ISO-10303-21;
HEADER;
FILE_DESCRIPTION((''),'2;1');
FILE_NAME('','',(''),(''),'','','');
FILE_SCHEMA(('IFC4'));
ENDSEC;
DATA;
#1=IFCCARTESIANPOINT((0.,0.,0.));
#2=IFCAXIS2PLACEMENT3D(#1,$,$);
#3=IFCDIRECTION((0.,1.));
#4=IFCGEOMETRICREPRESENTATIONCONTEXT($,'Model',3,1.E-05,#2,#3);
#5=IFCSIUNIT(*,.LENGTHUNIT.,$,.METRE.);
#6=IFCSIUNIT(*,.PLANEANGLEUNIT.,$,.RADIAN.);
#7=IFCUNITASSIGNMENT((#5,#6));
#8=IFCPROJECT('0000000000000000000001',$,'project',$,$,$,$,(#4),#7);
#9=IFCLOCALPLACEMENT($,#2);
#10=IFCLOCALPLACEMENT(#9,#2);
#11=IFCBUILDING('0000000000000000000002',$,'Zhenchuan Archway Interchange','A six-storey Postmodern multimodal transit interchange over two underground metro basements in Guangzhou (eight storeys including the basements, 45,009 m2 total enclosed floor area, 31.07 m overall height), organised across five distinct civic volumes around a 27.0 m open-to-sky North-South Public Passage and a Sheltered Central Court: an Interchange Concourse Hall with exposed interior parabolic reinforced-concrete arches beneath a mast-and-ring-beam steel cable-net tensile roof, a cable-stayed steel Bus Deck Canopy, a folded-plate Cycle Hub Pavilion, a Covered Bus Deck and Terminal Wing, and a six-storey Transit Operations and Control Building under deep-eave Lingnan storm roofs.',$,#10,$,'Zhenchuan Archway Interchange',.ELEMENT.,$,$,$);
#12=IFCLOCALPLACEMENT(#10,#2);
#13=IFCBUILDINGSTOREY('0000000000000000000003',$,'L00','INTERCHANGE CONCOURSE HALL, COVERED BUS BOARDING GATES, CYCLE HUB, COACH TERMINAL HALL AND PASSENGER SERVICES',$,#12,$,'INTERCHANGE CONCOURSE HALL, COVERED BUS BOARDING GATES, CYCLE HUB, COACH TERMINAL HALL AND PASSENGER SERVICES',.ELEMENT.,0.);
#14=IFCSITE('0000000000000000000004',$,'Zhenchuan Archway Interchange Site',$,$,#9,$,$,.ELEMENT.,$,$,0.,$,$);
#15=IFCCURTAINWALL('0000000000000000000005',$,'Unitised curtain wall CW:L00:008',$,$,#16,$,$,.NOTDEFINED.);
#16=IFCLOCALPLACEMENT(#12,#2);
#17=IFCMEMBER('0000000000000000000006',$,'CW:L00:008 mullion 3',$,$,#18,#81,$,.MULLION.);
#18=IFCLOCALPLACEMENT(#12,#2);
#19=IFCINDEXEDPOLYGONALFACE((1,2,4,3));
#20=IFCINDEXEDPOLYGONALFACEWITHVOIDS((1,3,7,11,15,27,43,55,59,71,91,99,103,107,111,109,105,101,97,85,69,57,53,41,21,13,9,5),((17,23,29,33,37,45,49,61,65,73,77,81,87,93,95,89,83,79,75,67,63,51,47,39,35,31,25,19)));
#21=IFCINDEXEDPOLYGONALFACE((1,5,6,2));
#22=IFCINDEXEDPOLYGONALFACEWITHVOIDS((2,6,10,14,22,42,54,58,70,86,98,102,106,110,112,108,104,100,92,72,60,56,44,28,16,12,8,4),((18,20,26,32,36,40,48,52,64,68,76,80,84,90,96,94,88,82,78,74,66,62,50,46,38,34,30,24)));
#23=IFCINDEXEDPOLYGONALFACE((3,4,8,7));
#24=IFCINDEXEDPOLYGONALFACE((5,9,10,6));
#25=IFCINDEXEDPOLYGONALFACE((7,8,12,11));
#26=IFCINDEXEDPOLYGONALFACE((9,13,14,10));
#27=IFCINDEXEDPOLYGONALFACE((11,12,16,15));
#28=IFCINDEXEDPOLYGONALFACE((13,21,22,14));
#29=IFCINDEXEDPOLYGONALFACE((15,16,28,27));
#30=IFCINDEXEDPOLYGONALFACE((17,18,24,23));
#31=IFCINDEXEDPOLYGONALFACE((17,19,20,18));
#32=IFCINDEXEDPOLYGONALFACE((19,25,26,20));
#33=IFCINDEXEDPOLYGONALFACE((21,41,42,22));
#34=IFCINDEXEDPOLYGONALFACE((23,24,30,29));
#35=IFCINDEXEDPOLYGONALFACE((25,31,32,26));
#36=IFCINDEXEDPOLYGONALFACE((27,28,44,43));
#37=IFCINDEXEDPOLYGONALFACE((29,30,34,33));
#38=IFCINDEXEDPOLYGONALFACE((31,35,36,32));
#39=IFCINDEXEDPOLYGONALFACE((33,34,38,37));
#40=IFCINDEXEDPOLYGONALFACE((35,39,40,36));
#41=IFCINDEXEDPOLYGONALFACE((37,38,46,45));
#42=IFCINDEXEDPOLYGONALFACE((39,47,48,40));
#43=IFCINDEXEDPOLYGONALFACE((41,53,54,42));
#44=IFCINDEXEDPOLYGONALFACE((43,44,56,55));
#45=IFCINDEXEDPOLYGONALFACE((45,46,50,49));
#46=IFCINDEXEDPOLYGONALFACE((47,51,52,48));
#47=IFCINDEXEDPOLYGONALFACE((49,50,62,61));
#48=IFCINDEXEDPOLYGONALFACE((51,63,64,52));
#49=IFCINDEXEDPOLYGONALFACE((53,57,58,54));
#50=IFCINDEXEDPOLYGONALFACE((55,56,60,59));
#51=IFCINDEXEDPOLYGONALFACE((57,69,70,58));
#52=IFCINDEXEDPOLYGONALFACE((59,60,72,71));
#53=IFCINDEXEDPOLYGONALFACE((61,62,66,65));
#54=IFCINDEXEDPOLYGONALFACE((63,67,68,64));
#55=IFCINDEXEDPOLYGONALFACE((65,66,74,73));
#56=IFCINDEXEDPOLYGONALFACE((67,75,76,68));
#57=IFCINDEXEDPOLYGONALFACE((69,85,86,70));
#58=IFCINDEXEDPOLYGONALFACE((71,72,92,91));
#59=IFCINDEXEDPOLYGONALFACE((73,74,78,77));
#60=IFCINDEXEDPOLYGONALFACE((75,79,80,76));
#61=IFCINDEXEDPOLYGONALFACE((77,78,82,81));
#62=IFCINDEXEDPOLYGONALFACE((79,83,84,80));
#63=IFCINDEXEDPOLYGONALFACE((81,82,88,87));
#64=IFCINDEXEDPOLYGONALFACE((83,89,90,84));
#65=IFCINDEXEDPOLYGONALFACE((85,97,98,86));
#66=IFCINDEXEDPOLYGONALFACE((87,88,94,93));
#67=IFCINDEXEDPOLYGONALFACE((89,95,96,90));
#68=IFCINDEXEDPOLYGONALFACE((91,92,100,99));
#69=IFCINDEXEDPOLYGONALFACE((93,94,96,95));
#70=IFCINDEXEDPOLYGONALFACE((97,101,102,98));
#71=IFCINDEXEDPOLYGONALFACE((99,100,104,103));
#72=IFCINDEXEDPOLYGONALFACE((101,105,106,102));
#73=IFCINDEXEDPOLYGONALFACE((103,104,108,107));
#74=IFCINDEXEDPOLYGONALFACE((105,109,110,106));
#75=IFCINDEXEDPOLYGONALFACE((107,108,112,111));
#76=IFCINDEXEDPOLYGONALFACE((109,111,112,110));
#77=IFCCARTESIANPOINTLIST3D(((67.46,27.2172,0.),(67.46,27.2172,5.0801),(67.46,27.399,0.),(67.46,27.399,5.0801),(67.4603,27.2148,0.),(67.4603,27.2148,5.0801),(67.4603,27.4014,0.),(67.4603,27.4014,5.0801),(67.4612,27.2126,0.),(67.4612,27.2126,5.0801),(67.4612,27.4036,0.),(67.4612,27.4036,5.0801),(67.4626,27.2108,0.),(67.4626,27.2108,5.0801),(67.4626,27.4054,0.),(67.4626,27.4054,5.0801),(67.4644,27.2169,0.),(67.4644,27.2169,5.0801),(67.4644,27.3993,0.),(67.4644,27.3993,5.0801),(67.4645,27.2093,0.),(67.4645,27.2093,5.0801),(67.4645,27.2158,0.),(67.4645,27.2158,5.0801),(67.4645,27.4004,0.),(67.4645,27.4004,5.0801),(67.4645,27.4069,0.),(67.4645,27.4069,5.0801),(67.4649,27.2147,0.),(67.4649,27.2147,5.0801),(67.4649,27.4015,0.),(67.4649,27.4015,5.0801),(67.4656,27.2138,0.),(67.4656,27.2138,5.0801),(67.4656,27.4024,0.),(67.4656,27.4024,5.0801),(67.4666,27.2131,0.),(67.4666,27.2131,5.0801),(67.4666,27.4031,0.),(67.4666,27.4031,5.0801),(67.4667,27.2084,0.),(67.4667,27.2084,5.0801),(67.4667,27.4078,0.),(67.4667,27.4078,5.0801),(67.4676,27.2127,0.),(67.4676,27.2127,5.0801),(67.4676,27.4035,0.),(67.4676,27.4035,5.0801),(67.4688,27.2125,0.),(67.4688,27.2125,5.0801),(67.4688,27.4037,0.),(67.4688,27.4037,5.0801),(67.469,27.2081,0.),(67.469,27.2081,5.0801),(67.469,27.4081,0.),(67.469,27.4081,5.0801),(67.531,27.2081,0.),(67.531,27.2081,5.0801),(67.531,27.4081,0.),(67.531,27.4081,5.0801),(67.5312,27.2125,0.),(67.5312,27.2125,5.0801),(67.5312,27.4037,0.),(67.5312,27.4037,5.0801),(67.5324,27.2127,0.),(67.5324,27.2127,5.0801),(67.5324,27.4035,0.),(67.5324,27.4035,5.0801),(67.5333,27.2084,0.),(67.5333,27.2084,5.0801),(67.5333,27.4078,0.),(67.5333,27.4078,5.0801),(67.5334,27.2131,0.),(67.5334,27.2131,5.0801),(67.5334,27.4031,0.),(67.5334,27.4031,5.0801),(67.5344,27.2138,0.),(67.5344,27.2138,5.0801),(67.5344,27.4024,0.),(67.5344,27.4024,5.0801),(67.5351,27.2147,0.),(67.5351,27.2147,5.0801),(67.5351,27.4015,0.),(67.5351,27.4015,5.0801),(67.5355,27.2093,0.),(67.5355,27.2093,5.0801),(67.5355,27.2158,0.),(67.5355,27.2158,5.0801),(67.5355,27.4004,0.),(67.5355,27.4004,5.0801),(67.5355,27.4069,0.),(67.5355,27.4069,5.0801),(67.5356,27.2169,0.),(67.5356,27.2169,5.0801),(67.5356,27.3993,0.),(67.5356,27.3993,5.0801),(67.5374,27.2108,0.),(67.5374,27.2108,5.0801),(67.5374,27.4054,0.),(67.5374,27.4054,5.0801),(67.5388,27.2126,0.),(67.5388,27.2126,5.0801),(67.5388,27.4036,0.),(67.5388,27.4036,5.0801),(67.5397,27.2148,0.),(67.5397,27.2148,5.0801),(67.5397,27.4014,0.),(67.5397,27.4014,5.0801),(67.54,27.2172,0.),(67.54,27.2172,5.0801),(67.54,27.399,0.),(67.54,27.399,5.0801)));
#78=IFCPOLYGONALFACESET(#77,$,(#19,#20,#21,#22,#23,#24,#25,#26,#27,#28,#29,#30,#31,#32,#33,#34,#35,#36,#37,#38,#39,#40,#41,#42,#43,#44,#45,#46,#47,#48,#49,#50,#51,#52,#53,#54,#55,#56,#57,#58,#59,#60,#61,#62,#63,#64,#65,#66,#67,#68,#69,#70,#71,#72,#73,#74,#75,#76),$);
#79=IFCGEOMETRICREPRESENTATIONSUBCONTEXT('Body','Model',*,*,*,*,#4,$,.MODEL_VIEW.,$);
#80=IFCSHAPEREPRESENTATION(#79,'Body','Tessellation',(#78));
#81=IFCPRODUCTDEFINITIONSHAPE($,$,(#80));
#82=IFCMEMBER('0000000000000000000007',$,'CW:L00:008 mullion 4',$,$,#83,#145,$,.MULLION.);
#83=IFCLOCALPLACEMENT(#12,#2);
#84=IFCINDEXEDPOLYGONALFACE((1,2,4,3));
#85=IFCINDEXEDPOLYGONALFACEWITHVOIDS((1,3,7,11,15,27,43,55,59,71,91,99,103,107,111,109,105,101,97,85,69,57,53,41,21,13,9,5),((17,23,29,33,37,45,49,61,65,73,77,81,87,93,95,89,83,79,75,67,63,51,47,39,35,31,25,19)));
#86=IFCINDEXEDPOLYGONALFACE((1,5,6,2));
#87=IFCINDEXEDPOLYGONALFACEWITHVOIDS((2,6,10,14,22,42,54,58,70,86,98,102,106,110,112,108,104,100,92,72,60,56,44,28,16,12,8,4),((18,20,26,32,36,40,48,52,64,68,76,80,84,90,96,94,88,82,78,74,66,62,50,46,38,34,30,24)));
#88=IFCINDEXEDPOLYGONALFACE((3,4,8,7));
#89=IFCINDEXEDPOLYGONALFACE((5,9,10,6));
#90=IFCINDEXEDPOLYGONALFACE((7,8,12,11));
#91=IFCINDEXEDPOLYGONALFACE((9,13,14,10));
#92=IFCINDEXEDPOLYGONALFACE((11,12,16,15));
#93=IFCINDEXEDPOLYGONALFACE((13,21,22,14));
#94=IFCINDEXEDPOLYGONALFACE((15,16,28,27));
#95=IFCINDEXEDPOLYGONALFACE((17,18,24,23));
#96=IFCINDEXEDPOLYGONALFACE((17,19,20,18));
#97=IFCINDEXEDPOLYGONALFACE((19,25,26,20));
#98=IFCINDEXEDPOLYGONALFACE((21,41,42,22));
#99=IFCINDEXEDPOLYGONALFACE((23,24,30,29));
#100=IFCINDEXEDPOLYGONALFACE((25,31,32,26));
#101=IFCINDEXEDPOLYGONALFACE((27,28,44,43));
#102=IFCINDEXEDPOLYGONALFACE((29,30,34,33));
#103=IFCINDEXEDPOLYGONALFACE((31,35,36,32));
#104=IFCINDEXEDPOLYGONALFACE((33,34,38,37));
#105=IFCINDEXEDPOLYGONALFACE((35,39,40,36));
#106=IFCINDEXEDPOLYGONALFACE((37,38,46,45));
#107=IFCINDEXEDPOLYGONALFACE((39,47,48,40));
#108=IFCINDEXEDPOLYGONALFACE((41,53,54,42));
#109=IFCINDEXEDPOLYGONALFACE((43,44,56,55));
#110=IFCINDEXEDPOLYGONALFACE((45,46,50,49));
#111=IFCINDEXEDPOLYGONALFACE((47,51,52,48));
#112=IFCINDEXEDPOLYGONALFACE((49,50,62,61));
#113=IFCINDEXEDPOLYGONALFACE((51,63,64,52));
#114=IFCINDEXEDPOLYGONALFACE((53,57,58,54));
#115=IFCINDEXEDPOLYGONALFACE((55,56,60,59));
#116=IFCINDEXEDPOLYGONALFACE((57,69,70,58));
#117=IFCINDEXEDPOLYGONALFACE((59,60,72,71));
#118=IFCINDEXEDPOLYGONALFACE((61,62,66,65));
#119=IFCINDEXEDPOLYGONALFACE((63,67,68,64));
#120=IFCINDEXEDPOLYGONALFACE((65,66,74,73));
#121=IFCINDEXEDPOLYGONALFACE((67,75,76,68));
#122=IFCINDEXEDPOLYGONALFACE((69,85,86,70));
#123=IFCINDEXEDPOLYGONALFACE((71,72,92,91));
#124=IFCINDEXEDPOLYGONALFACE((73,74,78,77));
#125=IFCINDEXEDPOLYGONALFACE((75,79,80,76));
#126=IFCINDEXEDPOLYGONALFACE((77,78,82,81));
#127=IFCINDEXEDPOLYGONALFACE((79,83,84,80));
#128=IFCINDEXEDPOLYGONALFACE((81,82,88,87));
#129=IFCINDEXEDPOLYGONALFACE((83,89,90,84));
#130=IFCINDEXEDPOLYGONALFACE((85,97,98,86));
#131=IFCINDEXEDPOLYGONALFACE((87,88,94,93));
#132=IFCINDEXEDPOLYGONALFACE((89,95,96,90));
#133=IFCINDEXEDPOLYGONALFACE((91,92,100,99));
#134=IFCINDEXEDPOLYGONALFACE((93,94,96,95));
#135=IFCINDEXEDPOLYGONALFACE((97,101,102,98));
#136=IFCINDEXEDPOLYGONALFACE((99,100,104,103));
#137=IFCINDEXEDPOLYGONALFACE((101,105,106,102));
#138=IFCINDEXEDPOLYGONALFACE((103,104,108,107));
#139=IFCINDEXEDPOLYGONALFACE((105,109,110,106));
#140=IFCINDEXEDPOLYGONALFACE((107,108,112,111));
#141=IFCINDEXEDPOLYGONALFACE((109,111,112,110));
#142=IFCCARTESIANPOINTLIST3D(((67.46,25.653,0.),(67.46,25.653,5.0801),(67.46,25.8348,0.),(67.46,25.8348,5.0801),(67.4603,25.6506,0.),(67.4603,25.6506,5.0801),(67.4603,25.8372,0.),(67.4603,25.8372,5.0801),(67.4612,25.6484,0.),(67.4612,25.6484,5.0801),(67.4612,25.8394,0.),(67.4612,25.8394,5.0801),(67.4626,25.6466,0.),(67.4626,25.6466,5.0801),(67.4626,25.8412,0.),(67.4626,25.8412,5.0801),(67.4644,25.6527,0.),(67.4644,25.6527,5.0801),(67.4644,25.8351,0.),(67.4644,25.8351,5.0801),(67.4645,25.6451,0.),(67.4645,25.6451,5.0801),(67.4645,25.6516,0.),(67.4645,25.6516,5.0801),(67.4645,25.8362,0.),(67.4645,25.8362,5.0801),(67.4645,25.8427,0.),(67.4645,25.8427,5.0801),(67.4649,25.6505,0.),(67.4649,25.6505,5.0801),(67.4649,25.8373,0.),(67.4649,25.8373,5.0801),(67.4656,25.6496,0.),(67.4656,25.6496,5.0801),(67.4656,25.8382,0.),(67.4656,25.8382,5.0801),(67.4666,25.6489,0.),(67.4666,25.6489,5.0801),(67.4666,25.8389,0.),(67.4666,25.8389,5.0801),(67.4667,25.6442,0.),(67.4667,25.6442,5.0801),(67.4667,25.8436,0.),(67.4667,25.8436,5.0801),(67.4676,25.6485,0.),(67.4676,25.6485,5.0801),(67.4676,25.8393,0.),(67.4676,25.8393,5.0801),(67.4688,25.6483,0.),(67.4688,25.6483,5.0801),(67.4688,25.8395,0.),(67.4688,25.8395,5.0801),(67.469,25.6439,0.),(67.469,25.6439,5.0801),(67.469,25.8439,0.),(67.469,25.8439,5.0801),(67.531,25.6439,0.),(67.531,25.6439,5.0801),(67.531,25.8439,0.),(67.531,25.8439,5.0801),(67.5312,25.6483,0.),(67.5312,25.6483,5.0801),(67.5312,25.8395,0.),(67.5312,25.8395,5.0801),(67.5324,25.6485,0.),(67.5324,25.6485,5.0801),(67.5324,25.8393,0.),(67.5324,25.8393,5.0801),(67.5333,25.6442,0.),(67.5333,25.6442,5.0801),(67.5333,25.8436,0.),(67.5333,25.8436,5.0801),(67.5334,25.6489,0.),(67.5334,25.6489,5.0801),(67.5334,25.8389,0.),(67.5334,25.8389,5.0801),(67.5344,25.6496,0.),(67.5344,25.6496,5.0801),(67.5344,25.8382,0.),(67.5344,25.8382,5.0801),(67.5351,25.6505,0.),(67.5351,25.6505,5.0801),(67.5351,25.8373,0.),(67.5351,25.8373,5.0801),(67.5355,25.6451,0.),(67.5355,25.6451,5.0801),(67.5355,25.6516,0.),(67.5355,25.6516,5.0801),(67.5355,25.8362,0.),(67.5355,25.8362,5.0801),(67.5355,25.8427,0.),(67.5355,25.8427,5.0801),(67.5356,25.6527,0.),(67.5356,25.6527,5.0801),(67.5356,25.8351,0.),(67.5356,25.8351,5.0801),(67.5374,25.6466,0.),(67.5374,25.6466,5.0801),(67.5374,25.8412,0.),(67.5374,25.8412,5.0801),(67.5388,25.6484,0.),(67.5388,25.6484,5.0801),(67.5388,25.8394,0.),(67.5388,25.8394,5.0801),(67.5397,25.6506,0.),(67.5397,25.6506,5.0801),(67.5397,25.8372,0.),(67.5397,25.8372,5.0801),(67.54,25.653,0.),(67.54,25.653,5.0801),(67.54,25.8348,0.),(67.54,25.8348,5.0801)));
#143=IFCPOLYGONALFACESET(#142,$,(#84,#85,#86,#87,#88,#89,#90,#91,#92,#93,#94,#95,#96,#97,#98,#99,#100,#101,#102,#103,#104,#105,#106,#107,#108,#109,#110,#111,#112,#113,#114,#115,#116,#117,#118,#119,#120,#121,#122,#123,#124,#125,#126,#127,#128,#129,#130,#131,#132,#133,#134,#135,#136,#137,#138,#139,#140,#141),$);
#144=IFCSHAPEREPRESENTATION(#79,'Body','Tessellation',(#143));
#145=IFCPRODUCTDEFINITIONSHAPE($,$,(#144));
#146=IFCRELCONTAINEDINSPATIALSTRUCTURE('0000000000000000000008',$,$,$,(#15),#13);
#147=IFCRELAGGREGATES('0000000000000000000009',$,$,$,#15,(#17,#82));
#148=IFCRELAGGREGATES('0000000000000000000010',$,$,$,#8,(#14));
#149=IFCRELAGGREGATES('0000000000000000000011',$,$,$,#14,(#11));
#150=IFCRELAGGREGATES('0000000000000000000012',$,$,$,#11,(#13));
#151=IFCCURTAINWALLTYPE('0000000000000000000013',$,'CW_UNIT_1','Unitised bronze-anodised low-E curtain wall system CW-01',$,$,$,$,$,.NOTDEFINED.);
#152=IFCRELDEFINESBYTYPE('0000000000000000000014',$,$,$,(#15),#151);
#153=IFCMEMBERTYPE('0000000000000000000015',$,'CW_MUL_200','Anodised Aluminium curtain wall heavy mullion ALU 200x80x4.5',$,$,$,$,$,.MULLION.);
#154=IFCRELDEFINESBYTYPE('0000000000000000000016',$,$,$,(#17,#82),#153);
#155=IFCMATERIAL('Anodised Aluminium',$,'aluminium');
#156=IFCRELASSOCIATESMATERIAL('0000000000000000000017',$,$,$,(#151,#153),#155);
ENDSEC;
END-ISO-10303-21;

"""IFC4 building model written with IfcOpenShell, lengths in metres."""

from ifc_helpers import new_model, si_unit, direction, frame, origin, origin_2d, place, context, subcontext, project, spatial, hollow_rectangle, extrude, material, material_profile, profile_set, type_object, element, aggregate, save


model = new_model("IFC4")

# Units and contexts
model_context = context("Model", 3, precision=1e-05, world=origin(), true_north=direction((0.0, 1.0)))
body_context = subcontext(model_context, "Body", "Model", "MODEL_VIEW")
ifc_project = project(units=[si_unit("LENGTHUNIT", "METRE"), si_unit("PLANEANGLEUNIT", "RADIAN")], contexts=[model_context])

# Site, building, storey
site_placement = place(None, origin())
site = spatial("IfcSite", under=ifc_project, at=site_placement, Name="Zhenchuan Archway Interchange Site", CompositionType="ELEMENT", RefElevation=0.0)
building_placement = place(site_placement, origin())
building = spatial("IfcBuilding", under=site, at=building_placement, Name="Zhenchuan Archway Interchange", Description="A six-storey Postmodern multimodal transit interchange over two underground metro basements in Guangzhou (eight storeys including the basements, 45,009 m2 total enclosed floor area, 31.07 m overall height), organised across five distinct civic volumes around a 27.0 m open-to-sky North-South Public Passage and a Sheltered Central Court: an Interchange Concourse Hall with exposed interior parabolic reinforced-concrete arches beneath a mast-and-ring-beam steel cable-net tensile roof, a cable-stayed steel Bus Deck Canopy, a folded-plate Cycle Hub Pavilion, a Covered Bus Deck and Terminal Wing, and a six-storey Transit Operations and Control Building under deep-eave Lingnan storm roofs.", LongName="Zhenchuan Archway Interchange", CompositionType="ELEMENT")
storey_placement = place(building_placement, origin())
storey = spatial("IfcBuildingStorey", under=building, at=storey_placement, Name="L00", Description="INTERCHANGE CONCOURSE HALL, COVERED BUS BOARDING GATES, CYCLE HUB, COACH TERMINAL HALL AND PASSENGER SERVICES", LongName="INTERCHANGE CONCOURSE HALL, COVERED BUS BOARDING GATES, CYCLE HUB, COACH TERMINAL HALL AND PASSENGER SERVICES", CompositionType="ELEMENT", Elevation=0.0)

# Curtain wall, members
ifc_material_1 = material(Name="Anodised Aluminium", Category="aluminium")
curtain_wall_type = type_object("IfcCurtainWallType", Name="CW_UNIT_1", Description="Unitised bronze-anodised low-E curtain wall system CW-01", PredefinedType="NOTDEFINED", material=ifc_material_1)
curtain_wall_placement = place(storey_placement, origin())
curtain_wall = element("IfcCurtainWall", 1, at=curtain_wall_placement, inside=storey, type_object=curtain_wall_type, Name="Unitised curtain wall CW:L00:008", PredefinedType="NOTDEFINED")
ifc_material_profile_1 = material_profile(ifc_material_1, hollow_rectangle(XDim=0.0801, YDim=0.2, WallThickness=0.0044, InnerFilletRadius=0.0044, OuterFilletRadius=0.009, at=origin_2d()), Name="ALU 200x80x4.5")
ifc_profile_set_1 = profile_set([ifc_material_profile_1], Name="Anodised Aluminium")
member_type_1 = type_object("IfcMemberType", Name="CW_MUL_200", Description="Anodised Aluminium curtain wall heavy mullion ALU 200x80x4.5", PredefinedType="MULLION", material=ifc_profile_set_1)
member_1_placement = place(storey_placement, frame((67.5, 27.3081, 0.0), z_axis=(0.0, 0.0, 1.0), x_axis=(1.0, 0.0, 0.0)))
member_1 = element("IfcMember", 2, at=member_1_placement, type_object=member_type_1, Name="CW:L00:008 mullion 3", PredefinedType="MULLION", context=body_context, shape_type="SweptSolid", body=[
    extrude(hollow_rectangle(XDim=0.0801, YDim=0.2, WallThickness=0.0044, InnerFilletRadius=0.0044, OuterFilletRadius=0.009, at=origin_2d()), origin(), (0.0, 0.0, 1.0), 5.0801),
])
member_2_placement = place(storey_placement, frame((67.5, 25.7439, 0.0), z_axis=(0.0, 0.0, 1.0), x_axis=(1.0, 0.0, 0.0)))
member_2 = element("IfcMember", 3, at=member_2_placement, type_object=member_type_1, Name="CW:L00:008 mullion 4", PredefinedType="MULLION", context=body_context, shape_type="SweptSolid", body=[
    extrude(hollow_rectangle(XDim=0.0801, YDim=0.2, WallThickness=0.0044, InnerFilletRadius=0.0044, OuterFilletRadius=0.009, at=origin_2d()), origin(), (0.0, 0.0, 1.0), 5.0801),
])

aggregate(curtain_wall, [member_1, member_2])

save(model, "model.ifc")
